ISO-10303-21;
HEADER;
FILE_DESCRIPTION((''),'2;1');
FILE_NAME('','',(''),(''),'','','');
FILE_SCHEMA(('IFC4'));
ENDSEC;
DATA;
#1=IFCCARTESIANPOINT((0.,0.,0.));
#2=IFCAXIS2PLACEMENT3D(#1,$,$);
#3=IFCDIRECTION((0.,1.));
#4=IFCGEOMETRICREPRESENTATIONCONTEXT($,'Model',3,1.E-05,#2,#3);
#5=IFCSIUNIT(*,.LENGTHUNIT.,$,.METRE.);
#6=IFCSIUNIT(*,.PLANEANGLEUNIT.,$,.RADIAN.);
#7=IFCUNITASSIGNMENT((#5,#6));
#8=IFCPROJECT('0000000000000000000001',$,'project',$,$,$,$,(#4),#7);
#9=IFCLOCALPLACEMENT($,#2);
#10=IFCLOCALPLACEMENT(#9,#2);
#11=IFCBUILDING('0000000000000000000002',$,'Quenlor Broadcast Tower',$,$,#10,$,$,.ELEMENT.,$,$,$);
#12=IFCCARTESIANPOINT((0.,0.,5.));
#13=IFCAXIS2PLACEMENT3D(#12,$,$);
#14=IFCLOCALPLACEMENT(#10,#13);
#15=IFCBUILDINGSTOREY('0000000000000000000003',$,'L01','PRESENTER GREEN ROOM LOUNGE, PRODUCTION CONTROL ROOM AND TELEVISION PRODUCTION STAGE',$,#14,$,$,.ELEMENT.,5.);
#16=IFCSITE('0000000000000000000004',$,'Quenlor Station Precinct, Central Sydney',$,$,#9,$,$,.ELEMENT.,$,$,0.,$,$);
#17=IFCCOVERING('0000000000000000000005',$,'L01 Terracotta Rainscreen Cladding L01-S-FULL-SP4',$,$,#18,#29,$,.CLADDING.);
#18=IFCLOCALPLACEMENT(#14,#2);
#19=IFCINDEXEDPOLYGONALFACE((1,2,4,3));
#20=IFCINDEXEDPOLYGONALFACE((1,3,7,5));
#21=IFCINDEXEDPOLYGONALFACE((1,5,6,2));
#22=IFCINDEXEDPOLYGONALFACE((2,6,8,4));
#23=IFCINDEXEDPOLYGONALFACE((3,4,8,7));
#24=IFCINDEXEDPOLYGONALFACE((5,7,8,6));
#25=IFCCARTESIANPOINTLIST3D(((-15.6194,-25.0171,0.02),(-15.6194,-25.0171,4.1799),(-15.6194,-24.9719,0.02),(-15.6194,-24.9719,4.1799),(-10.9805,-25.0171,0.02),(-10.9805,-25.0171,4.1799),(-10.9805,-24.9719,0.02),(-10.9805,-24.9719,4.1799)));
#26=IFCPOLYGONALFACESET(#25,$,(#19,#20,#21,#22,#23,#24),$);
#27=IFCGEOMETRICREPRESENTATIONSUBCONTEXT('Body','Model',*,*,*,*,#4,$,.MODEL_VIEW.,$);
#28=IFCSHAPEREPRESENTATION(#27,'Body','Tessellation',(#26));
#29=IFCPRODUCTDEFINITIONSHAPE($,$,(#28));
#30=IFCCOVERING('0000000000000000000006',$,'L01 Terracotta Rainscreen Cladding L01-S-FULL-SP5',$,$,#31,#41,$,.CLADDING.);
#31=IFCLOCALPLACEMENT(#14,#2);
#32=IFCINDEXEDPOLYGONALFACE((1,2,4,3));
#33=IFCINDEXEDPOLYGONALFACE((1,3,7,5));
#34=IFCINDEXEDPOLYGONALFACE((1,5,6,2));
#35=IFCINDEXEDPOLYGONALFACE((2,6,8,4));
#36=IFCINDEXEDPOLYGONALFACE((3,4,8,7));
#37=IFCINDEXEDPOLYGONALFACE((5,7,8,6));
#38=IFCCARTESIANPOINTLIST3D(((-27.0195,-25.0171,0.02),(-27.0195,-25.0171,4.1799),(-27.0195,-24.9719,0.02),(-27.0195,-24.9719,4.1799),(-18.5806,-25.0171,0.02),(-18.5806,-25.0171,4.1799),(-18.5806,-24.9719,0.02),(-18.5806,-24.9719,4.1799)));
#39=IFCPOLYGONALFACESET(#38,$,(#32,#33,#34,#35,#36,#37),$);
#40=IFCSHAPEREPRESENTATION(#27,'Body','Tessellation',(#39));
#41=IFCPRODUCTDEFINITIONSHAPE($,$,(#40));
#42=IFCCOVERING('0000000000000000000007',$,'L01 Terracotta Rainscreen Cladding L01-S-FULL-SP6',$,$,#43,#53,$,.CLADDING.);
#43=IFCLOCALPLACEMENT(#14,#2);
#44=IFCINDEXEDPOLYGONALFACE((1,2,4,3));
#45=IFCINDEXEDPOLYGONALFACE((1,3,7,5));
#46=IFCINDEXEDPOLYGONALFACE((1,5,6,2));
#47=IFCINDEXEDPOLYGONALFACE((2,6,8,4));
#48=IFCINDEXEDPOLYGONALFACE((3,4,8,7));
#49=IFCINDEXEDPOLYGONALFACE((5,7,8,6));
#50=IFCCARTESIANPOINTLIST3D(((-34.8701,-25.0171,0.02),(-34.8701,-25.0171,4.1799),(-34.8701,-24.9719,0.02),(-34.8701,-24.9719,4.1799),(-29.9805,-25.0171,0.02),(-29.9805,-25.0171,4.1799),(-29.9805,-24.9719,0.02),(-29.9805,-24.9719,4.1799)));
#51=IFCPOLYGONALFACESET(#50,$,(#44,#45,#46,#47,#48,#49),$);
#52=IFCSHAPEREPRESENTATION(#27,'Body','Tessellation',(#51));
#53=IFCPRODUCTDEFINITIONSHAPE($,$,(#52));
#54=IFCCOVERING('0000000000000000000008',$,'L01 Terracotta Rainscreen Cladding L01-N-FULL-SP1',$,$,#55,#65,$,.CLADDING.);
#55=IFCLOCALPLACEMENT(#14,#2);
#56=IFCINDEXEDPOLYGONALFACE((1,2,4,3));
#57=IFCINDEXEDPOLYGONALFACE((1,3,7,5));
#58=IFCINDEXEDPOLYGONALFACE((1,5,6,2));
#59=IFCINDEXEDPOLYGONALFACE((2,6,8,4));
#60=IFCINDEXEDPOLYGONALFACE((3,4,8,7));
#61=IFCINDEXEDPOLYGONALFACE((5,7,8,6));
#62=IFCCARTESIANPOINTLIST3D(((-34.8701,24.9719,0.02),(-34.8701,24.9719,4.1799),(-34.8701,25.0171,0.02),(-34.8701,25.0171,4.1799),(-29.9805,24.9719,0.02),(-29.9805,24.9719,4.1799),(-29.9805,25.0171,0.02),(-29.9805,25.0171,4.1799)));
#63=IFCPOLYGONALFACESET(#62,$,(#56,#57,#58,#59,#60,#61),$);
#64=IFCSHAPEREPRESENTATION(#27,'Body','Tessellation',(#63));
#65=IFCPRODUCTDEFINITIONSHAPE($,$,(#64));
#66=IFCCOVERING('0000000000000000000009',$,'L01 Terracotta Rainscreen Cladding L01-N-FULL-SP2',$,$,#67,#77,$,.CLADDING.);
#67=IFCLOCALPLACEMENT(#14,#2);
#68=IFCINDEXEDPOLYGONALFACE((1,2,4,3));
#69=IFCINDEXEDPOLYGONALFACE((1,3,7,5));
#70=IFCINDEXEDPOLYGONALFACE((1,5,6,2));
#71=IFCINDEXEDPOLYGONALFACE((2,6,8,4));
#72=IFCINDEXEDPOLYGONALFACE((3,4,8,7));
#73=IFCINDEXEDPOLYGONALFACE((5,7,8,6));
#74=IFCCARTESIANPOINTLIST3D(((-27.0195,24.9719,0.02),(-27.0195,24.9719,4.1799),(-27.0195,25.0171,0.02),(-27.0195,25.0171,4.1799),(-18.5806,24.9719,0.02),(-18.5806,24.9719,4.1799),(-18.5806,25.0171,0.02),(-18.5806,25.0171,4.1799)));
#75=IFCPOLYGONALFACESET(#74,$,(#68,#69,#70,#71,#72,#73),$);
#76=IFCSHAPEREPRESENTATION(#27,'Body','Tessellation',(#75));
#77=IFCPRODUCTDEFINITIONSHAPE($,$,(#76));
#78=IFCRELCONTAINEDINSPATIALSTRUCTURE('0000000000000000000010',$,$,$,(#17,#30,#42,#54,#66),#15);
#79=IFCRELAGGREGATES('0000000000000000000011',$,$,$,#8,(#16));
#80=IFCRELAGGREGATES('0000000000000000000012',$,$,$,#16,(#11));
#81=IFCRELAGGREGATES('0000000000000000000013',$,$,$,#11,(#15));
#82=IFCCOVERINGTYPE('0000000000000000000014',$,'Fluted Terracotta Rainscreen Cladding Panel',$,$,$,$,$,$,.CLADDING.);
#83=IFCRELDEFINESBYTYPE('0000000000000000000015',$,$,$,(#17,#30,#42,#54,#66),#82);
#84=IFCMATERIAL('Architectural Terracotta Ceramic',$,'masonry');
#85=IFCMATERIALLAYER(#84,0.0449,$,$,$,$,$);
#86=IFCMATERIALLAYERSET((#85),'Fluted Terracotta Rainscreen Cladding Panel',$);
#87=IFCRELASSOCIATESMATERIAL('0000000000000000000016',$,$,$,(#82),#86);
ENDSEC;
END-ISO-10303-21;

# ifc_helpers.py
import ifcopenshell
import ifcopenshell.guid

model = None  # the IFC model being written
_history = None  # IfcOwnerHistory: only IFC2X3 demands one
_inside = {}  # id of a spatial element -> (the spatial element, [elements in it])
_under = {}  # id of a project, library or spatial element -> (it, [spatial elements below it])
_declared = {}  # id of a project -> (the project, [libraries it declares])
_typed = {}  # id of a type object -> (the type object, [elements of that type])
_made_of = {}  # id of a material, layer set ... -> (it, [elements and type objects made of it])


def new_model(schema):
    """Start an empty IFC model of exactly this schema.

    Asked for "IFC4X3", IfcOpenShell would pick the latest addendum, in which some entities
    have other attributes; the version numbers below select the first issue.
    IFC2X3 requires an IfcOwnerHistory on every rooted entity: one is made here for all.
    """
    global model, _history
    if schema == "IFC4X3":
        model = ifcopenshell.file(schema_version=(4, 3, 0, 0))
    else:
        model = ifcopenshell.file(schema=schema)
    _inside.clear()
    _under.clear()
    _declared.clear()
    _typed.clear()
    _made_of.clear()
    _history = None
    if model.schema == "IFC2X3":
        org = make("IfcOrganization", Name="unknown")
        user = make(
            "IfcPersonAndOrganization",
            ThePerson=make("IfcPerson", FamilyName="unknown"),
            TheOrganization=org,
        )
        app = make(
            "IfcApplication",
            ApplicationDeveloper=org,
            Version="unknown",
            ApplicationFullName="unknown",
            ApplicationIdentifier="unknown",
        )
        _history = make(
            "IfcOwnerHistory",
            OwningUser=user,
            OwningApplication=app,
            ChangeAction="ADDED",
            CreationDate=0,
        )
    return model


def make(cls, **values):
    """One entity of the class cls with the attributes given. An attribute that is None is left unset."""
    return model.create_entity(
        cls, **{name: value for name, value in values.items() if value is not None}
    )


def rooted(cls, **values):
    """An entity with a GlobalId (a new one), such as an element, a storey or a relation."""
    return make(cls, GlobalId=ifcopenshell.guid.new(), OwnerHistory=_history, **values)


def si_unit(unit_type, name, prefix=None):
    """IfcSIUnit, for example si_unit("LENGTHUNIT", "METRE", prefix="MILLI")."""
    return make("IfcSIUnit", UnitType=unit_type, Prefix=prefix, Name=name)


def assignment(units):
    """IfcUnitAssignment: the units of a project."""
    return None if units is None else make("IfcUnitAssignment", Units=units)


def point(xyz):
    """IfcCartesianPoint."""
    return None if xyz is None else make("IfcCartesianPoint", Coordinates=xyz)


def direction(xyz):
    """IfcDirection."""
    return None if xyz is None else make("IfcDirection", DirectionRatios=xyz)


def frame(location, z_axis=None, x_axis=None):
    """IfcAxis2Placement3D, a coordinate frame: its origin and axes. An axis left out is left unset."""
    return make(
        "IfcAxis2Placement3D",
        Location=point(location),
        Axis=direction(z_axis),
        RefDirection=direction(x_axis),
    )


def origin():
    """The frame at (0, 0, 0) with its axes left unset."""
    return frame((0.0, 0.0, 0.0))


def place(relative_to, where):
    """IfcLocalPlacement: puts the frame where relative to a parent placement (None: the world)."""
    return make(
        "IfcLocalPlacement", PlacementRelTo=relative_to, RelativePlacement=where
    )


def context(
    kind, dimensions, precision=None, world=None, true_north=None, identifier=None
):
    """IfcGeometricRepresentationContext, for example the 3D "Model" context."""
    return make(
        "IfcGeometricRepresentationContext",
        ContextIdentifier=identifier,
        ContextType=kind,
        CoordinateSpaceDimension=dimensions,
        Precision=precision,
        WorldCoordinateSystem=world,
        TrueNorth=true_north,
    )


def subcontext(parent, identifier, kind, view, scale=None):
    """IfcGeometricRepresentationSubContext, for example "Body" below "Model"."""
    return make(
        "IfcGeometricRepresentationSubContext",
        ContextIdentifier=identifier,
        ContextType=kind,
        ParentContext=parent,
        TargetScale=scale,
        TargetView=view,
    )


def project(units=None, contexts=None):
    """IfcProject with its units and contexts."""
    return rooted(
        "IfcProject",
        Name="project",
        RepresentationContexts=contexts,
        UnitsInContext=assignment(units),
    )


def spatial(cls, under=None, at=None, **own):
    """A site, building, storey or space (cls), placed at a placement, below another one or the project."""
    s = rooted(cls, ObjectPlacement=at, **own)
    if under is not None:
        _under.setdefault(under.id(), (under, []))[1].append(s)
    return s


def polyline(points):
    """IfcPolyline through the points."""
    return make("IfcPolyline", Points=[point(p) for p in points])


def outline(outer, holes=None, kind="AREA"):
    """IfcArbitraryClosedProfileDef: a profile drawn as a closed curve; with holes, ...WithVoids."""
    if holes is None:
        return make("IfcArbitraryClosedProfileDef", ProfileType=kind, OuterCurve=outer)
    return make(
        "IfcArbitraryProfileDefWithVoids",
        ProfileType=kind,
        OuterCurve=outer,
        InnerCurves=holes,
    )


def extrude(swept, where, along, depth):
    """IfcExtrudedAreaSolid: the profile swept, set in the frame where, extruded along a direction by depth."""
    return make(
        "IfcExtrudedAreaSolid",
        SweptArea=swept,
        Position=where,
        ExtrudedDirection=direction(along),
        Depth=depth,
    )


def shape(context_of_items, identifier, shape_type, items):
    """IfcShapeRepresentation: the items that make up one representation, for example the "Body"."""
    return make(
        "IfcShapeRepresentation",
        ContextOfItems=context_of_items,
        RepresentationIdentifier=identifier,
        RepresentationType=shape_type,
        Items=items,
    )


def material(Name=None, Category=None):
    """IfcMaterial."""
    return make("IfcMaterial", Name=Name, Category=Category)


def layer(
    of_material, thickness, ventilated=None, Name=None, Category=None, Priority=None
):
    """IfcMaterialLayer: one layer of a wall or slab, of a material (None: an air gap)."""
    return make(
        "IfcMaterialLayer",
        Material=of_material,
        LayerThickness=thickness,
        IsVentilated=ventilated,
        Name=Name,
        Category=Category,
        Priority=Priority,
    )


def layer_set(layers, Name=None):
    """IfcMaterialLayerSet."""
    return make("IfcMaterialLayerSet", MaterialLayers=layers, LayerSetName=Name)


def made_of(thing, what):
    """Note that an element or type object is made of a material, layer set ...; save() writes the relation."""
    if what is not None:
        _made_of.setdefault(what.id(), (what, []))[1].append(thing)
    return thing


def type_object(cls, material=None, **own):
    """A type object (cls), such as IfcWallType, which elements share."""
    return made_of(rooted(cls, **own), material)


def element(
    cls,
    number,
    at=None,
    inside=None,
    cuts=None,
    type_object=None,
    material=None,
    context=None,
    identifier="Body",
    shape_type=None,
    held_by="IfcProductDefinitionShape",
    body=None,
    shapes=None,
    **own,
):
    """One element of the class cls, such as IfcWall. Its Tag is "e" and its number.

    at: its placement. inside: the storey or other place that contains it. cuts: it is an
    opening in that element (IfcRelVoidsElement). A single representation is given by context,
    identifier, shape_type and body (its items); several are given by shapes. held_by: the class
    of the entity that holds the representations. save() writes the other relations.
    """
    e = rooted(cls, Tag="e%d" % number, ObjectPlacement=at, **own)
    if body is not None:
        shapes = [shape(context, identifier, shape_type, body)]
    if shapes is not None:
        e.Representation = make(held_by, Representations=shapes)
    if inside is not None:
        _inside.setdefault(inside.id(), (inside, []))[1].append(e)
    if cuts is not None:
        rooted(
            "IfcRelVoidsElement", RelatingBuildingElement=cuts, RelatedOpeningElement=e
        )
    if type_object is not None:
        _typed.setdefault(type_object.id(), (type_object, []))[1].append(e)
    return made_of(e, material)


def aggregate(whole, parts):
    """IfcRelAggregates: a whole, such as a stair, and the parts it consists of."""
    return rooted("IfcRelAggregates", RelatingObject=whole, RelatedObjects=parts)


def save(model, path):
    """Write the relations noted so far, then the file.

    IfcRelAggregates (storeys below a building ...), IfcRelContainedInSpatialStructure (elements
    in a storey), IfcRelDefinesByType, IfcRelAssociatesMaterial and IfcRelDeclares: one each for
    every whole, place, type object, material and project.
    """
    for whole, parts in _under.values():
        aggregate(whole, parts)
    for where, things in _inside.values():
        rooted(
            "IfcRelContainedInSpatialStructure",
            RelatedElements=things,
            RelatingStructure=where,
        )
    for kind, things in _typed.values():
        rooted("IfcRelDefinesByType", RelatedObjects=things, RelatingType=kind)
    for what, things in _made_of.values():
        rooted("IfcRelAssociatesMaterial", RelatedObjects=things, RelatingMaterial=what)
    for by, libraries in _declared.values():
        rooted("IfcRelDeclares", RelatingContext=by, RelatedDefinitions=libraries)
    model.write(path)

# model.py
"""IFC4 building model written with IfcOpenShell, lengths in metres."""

from ifc_helpers import new_model, si_unit, direction, frame, origin, place, context, subcontext, project, spatial, polyline, outline, extrude, material, layer, layer_set, type_object, element, save


model = new_model("IFC4")

# Units and contexts
model_context = context("Model", 3, precision=1e-05, world=origin(), true_north=direction((0.0, 1.0)))
body_context = subcontext(model_context, "Body", "Model", "MODEL_VIEW")
ifc_project = project(units=[si_unit("LENGTHUNIT", "METRE"), si_unit("PLANEANGLEUNIT", "RADIAN")], contexts=[model_context])

# Site, building, storey
site_placement = place(None, origin())
site = spatial("IfcSite", under=ifc_project, at=site_placement, Name="Quenlor Station Precinct, Central Sydney", CompositionType="ELEMENT", RefElevation=0.0)
building_placement = place(site_placement, origin())
building = spatial("IfcBuilding", under=site, at=building_placement, Name="Quenlor Broadcast Tower", CompositionType="ELEMENT")
storey_placement = place(building_placement, frame((0.0, 0.0, 5.0)))
storey = spatial("IfcBuildingStorey", under=building, at=storey_placement, Name="L01", Description="PRESENTER GREEN ROOM LOUNGE, PRODUCTION CONTROL ROOM AND TELEVISION PRODUCTION STAGE", CompositionType="ELEMENT", Elevation=5.0)

# Coverings
ifc_material_1 = material(Name="Architectural Terracotta Ceramic", Category="masonry")
ifc_layer_1 = layer(ifc_material_1, 0.0449)
ifc_layer_set_1 = layer_set([ifc_layer_1], Name="Fluted Terracotta Rainscreen Cladding Panel")
covering_type = type_object("IfcCoveringType", Name="Fluted Terracotta Rainscreen Cladding Panel", PredefinedType="CLADDING", material=ifc_layer_set_1)
covering_1_placement = place(storey_placement, frame((0.0, 0.0, 0.02)))
element("IfcCovering", 1, at=covering_1_placement, inside=storey, type_object=covering_type, Name="L01 Terracotta Rainscreen Cladding L01-S-FULL-SP4", PredefinedType="CLADDING", context=body_context, shape_type="SweptSolid", body=[
    extrude(outline(polyline([(-10.9805, -24.9719), (-15.6194, -24.9719), (-15.6194, -25.0171), (-10.9805, -25.0171), (-10.9805, -24.9719)])), origin(), (0.0, 0.0, 1.0), 4.1599),
])
covering_2_placement = place(storey_placement, frame((0.0, 0.0, 0.02)))
element("IfcCovering", 2, at=covering_2_placement, inside=storey, type_object=covering_type, Name="L01 Terracotta Rainscreen Cladding L01-S-FULL-SP5", PredefinedType="CLADDING", context=body_context, shape_type="SweptSolid", body=[
    extrude(outline(polyline([(-18.5806, -24.9719), (-27.0195, -24.9719), (-27.0195, -25.0171), (-18.5806, -25.0171), (-18.5806, -24.9719)])), origin(), (0.0, 0.0, 1.0), 4.1599),
])
covering_3_placement = place(storey_placement, frame((0.0, 0.0, 0.02)))
element("IfcCovering", 3, at=covering_3_placement, inside=storey, type_object=covering_type, Name="L01 Terracotta Rainscreen Cladding L01-S-FULL-SP6", PredefinedType="CLADDING", context=body_context, shape_type="SweptSolid", body=[
    extrude(outline(polyline([(-29.9805, -24.9719), (-34.8701, -24.9719), (-34.8701, -25.0171), (-29.9805, -25.0171), (-29.9805, -24.9719)])), origin(), (0.0, 0.0, 1.0), 4.1599),
])
covering_4_placement = place(storey_placement, frame((0.0, 0.0, 0.02)))
element("IfcCovering", 4, at=covering_4_placement, inside=storey, type_object=covering_type, Name="L01 Terracotta Rainscreen Cladding L01-N-FULL-SP1", PredefinedType="CLADDING", context=body_context, shape_type="SweptSolid", body=[
    extrude(outline(polyline([(-34.8701, 24.9719), (-29.9805, 24.9719), (-29.9805, 25.0171), (-34.8701, 25.0171), (-34.8701, 24.9719)])), origin(), (0.0, 0.0, 1.0), 4.1599),
])
covering_5_placement = place(storey_placement, frame((0.0, 0.0, 0.02)))
element("IfcCovering", 5, at=covering_5_placement, inside=storey, type_object=covering_type, Name="L01 Terracotta Rainscreen Cladding L01-N-FULL-SP2", PredefinedType="CLADDING", context=body_context, shape_type="SweptSolid", body=[
    extrude(outline(polyline([(-27.0195, 24.9719), (-18.5806, 24.9719), (-18.5806, 25.0171), (-27.0195, 25.0171), (-27.0195, 24.9719)])), origin(), (0.0, 0.0, 1.0), 4.1599),
])

save(model, "model.ifc")
